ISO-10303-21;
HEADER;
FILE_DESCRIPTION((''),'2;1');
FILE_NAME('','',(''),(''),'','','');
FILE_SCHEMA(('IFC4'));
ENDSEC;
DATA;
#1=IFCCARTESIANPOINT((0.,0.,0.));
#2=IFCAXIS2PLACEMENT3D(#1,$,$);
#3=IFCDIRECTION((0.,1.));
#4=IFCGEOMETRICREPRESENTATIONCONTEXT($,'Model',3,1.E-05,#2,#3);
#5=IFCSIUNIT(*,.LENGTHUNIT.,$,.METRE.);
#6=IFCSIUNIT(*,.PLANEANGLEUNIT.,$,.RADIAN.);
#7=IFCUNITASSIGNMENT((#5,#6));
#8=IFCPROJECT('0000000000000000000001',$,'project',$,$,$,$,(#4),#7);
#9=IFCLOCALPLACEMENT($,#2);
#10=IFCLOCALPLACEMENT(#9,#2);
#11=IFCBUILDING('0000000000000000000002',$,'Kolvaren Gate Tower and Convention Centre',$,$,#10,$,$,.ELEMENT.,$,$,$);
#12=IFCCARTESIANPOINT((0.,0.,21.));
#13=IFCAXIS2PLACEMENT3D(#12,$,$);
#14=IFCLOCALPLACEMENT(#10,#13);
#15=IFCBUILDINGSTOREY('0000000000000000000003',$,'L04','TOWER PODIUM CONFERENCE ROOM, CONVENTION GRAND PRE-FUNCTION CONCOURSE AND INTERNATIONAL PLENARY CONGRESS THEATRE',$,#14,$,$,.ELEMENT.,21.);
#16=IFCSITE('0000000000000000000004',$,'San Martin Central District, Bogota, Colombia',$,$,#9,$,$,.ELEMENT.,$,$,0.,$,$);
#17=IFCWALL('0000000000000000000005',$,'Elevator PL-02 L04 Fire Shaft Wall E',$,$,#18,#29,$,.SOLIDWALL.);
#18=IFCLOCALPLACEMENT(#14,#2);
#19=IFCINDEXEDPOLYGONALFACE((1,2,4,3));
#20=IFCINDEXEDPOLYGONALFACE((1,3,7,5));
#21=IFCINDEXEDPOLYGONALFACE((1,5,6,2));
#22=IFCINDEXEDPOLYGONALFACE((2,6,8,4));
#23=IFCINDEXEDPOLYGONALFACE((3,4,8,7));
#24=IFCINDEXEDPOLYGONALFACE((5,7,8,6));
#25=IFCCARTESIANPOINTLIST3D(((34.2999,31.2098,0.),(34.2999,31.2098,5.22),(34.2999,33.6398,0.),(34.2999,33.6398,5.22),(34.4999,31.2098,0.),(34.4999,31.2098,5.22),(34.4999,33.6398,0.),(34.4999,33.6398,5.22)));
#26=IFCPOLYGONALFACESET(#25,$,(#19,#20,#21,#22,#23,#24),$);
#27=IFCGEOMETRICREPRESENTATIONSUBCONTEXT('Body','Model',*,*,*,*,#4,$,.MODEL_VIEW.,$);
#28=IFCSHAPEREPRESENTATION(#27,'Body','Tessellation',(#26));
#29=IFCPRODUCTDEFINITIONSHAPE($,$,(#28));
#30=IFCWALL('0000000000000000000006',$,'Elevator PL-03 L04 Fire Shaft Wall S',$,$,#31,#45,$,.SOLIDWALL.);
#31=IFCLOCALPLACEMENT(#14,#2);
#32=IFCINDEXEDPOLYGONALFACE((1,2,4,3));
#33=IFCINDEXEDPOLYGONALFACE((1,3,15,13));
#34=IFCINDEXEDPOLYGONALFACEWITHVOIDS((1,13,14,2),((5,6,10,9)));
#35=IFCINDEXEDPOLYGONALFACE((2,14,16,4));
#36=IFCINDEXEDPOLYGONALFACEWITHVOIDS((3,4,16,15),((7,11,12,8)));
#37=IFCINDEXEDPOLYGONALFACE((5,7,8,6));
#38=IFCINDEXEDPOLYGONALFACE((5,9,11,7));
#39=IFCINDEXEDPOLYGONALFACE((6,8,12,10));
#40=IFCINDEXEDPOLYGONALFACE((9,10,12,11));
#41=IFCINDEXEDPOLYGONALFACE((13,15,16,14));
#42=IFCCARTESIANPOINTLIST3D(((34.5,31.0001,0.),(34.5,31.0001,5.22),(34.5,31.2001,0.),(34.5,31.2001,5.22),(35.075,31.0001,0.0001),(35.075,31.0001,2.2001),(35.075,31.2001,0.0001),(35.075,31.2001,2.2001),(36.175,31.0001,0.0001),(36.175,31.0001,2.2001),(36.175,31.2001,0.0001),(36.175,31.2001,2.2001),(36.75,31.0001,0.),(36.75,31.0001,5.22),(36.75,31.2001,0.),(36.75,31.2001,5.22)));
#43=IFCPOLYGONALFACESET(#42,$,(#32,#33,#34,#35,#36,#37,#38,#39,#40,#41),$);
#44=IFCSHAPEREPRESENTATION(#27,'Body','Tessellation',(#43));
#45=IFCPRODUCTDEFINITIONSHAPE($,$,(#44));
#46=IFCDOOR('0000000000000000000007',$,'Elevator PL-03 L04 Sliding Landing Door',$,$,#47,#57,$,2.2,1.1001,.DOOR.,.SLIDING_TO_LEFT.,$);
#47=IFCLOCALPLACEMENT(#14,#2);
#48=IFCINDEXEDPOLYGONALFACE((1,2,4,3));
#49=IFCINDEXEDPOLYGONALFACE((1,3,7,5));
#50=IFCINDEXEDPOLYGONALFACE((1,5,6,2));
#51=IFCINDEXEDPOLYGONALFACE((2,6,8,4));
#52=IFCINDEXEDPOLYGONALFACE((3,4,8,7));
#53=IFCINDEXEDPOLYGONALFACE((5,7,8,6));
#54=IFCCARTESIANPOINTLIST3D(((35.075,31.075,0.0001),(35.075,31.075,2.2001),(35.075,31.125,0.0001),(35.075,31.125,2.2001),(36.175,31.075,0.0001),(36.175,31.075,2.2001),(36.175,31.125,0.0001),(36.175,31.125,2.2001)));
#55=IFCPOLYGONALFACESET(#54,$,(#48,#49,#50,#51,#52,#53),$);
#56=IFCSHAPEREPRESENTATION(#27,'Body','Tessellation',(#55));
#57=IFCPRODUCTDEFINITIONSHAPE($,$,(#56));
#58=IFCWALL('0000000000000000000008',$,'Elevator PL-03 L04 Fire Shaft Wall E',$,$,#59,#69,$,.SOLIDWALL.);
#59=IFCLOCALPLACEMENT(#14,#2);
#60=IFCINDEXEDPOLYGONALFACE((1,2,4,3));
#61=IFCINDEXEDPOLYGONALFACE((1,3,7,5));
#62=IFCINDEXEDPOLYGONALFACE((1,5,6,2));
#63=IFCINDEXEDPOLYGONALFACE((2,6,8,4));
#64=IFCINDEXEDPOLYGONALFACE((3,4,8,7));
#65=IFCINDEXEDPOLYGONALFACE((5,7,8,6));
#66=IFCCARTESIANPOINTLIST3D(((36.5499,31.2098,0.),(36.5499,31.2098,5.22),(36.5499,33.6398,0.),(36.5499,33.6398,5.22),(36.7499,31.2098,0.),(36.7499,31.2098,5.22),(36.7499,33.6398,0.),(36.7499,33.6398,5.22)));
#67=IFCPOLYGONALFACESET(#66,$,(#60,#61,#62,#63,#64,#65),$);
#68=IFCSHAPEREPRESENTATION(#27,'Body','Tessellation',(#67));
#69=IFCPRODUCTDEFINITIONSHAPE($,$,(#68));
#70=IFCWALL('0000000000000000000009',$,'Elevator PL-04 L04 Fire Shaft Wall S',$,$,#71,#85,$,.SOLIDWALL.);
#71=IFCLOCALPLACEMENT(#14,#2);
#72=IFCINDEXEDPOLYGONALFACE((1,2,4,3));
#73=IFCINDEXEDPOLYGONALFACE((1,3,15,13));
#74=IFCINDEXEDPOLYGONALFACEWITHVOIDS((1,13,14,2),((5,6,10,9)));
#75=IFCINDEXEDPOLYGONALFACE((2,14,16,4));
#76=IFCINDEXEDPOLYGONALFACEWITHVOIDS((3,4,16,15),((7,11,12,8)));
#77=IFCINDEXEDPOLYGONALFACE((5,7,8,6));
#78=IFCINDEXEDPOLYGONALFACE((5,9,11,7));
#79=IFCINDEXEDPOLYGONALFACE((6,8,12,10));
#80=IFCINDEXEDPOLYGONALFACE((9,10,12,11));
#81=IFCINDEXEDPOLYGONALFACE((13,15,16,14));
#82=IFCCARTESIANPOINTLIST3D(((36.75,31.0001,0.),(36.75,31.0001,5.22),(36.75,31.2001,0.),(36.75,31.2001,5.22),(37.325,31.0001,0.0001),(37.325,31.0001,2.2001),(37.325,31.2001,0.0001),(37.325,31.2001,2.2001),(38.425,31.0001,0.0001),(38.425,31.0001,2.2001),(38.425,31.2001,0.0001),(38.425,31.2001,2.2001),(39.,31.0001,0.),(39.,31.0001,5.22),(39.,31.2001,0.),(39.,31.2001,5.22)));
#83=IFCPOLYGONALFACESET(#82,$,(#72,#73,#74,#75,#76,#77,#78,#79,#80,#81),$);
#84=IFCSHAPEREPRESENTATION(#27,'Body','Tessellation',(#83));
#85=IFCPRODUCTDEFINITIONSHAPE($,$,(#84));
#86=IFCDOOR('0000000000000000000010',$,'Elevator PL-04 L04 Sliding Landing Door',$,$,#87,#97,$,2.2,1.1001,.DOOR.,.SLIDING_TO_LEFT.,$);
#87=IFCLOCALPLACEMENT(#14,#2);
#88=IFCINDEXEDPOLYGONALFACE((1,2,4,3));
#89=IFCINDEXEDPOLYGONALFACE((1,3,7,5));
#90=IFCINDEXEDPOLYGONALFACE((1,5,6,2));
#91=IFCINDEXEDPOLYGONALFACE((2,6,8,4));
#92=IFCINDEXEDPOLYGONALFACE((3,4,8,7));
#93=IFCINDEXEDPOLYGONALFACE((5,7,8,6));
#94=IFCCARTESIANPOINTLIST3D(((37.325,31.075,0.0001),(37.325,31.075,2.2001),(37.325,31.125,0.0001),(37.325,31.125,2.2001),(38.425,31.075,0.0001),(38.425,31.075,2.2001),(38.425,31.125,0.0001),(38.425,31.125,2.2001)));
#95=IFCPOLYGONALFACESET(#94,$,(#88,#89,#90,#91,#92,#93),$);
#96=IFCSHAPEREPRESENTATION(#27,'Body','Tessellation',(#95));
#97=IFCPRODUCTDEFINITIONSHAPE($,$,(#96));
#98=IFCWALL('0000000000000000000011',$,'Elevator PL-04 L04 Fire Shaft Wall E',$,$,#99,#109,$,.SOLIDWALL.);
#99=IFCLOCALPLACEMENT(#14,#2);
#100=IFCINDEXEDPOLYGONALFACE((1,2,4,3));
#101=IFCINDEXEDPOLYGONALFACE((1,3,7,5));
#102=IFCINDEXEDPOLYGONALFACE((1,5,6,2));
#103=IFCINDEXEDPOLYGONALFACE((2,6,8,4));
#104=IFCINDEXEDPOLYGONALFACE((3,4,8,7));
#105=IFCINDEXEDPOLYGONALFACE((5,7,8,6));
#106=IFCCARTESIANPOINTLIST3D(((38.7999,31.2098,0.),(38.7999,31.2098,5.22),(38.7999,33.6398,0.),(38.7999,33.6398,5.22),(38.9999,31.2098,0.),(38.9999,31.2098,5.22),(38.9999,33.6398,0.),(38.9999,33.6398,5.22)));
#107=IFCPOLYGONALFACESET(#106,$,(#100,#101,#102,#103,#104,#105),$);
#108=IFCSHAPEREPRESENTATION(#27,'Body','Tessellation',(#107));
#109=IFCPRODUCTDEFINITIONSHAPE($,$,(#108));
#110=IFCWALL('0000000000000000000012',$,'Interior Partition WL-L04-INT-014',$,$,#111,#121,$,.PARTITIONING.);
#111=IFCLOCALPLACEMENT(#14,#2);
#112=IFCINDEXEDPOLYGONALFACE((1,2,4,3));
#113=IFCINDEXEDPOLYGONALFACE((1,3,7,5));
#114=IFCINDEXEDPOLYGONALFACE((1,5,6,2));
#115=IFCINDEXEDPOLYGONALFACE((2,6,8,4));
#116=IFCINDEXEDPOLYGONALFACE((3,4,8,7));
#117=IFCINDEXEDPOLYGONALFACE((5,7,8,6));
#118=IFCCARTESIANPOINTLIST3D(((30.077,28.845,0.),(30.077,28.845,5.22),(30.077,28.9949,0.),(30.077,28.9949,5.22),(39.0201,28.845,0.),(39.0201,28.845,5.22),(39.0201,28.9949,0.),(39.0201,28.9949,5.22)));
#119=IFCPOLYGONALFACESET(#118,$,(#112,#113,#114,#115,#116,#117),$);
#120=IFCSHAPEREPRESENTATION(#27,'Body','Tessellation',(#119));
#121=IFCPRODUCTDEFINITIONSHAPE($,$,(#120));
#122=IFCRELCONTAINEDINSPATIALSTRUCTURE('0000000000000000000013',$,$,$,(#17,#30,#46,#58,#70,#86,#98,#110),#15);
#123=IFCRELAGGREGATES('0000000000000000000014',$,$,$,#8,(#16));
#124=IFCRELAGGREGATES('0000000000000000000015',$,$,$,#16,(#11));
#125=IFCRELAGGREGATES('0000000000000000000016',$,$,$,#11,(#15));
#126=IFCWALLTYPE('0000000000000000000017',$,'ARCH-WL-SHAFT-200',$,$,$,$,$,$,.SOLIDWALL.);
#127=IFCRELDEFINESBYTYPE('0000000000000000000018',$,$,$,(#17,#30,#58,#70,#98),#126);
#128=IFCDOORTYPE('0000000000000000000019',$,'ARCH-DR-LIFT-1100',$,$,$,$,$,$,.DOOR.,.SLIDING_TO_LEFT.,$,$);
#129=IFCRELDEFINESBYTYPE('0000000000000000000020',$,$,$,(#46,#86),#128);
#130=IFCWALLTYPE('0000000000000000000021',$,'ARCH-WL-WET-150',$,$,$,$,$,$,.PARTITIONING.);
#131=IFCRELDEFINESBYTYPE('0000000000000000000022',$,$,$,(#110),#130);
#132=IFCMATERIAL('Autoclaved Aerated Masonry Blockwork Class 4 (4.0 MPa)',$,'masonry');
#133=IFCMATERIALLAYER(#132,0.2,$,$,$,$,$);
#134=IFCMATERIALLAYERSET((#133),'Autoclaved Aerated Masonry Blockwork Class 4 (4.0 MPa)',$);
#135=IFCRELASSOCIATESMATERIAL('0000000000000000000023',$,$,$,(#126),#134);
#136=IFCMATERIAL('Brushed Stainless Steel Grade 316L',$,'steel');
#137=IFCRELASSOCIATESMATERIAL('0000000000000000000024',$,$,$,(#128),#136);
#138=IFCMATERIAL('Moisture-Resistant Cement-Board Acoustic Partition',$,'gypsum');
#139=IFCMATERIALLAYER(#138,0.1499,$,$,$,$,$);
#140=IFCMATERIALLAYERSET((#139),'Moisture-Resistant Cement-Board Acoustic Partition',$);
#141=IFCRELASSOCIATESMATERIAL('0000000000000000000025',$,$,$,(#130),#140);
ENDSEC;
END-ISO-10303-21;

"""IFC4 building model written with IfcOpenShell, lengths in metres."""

from ifc_helpers import new_model, si_unit, direction, frame, frame_2d, origin, place, context, subcontext, project, spatial, rectangle, extrude, material, layer, layer_set, type_object, element, fill, save


model = new_model("IFC4")

# Units and contexts
model_context = context("Model", 3, precision=1e-05, world=origin(), true_north=direction((0.0, 1.0)))
body_context = subcontext(model_context, "Body", "Model", "MODEL_VIEW")
ifc_project = project(units=[si_unit("LENGTHUNIT", "METRE"), si_unit("PLANEANGLEUNIT", "RADIAN")], contexts=[model_context])

# Site, building, storey
site_placement = place(None, origin())
site = spatial("IfcSite", under=ifc_project, at=site_placement, Name="San Martin Central District, Bogota, Colombia", CompositionType="ELEMENT", RefElevation=0.0)
building_placement = place(site_placement, origin())
building = spatial("IfcBuilding", under=site, at=building_placement, Name="Kolvaren Gate Tower and Convention Centre", CompositionType="ELEMENT")
storey_placement = place(building_placement, frame((0.0, 0.0, 21.0)))
storey = spatial("IfcBuildingStorey", under=building, at=storey_placement, Name="L04", Description="TOWER PODIUM CONFERENCE ROOM, CONVENTION GRAND PRE-FUNCTION CONCOURSE AND INTERNATIONAL PLENARY CONGRESS THEATRE", CompositionType="ELEMENT", Elevation=21.0)

# Shared definitions
ifc_material_1 = material(Name="Autoclaved Aerated Masonry Blockwork Class 4 (4.0 MPa)", Category="masonry")
ifc_layer_1 = layer(ifc_material_1, 0.2)
ifc_layer_set_1 = layer_set([ifc_layer_1], Name="Autoclaved Aerated Masonry Blockwork Class 4 (4.0 MPa)")
wall_type_1 = type_object("IfcWallType", Name="ARCH-WL-SHAFT-200", PredefinedType="SOLIDWALL", material=ifc_layer_set_1)
ifc_material_2 = material(Name="Brushed Stainless Steel Grade 316L", Category="steel")
door_type = type_object("IfcDoorType", Name="ARCH-DR-LIFT-1100", OperationType="SLIDING_TO_LEFT", PredefinedType="DOOR", material=ifc_material_2)

# Wall
wall_1_placement = place(storey_placement, frame((34.3999, 31.21, 0.0), z_axis=(0.0, 0.0, 1.0), x_axis=(0.0, 1.0, 0.0)))
element("IfcWall", 1, at=wall_1_placement, inside=storey, type_object=wall_type_1, Name="Elevator PL-02 L04 Fire Shaft Wall E", PredefinedType="SOLIDWALL", context=body_context, shape_type="SweptSolid", body=[
    extrude(rectangle(XDim=2.4299, YDim=0.2, at=frame_2d((1.2148, 0.0))), origin(), (0.0, 0.0, 1.0), 5.22),
])

# Wall, opening, door
wall_2_placement = place(storey_placement, frame((34.5, 31.1001, 0.0), z_axis=(0.0, 0.0, 1.0), x_axis=(1.0, 0.0, 0.0)))
wall_2 = element("IfcWall", 2, at=wall_2_placement, inside=storey, type_object=wall_type_1, Name="Elevator PL-03 L04 Fire Shaft Wall S", PredefinedType="SOLIDWALL", context=body_context, shape_type="SweptSolid", body=[
    extrude(rectangle(XDim=2.25, YDim=0.2, at=frame_2d((1.125, 0.0))), origin(), (0.0, 0.0, 1.0), 5.22),
])
opening_1_placement = place(wall_2_placement, frame((0.575, 0.0, 0.0)))
opening_1 = element("IfcOpeningElement", 3, at=opening_1_placement, cuts=wall_2, PredefinedType="OPENING", context=body_context, shape_type="SweptSolid", body=[
    extrude(rectangle(XDim=1.1001, YDim=2.2, at=frame_2d((0.55, 1.1001))), frame((0.0, 0.1099, 0.0), z_axis=(0.0, -1.0, 0.0), x_axis=(1.0, 0.0, 0.0)), (0.0, 0.0, 1.0), 0.22),
])
door_1_placement = place(opening_1_placement, origin())
door_1 = element("IfcDoor", 4, at=door_1_placement, inside=storey, type_object=door_type, Name="Elevator PL-03 L04 Sliding Landing Door", OperationType="SLIDING_TO_LEFT", OverallHeight=2.2, OverallWidth=1.1001, PredefinedType="DOOR", context=body_context, shape_type="SweptSolid", body=[
    extrude(rectangle(XDim=1.1001, YDim=2.2, at=frame_2d((0.55, 1.1001))), frame((0.0, 0.0249, 0.0), z_axis=(0.0, -1.0, 0.0), x_axis=(1.0, 0.0, 0.0)), (0.0, 0.0, 1.0), 0.05),
])
fill(opening_1, door_1)

# Wall
wall_3_placement = place(storey_placement, frame((36.6499, 31.21, 0.0), z_axis=(0.0, 0.0, 1.0), x_axis=(0.0, 1.0, 0.0)))
element("IfcWall", 5, at=wall_3_placement, inside=storey, type_object=wall_type_1, Name="Elevator PL-03 L04 Fire Shaft Wall E", PredefinedType="SOLIDWALL", context=body_context, shape_type="SweptSolid", body=[
    extrude(rectangle(XDim=2.4299, YDim=0.2, at=frame_2d((1.2148, 0.0))), origin(), (0.0, 0.0, 1.0), 5.22),
])

# Wall, opening, door
wall_4_placement = place(storey_placement, frame((36.75, 31.1001, 0.0), z_axis=(0.0, 0.0, 1.0), x_axis=(1.0, 0.0, 0.0)))
wall_4 = element("IfcWall", 6, at=wall_4_placement, inside=storey, type_object=wall_type_1, Name="Elevator PL-04 L04 Fire Shaft Wall S", PredefinedType="SOLIDWALL", context=body_context, shape_type="SweptSolid", body=[
    extrude(rectangle(XDim=2.25, YDim=0.2, at=frame_2d((1.125, 0.0))), origin(), (0.0, 0.0, 1.0), 5.22),
])
opening_2_placement = place(wall_4_placement, frame((0.575, 0.0, 0.0)))
opening_2 = element("IfcOpeningElement", 7, at=opening_2_placement, cuts=wall_4, PredefinedType="OPENING", context=body_context, shape_type="SweptSolid", body=[
    extrude(rectangle(XDim=1.1001, YDim=2.2, at=frame_2d((0.55, 1.1001))), frame((0.0, 0.1099, 0.0), z_axis=(0.0, -1.0, 0.0), x_axis=(1.0, 0.0, 0.0)), (0.0, 0.0, 1.0), 0.22),
])
door_2_placement = place(opening_2_placement, origin())
door_2 = element("IfcDoor", 8, at=door_2_placement, inside=storey, type_object=door_type, Name="Elevator PL-04 L04 Sliding Landing Door", OperationType="SLIDING_TO_LEFT", OverallHeight=2.2, OverallWidth=1.1001, PredefinedType="DOOR", context=body_context, shape_type="SweptSolid", body=[
    extrude(rectangle(XDim=1.1001, YDim=2.2, at=frame_2d((0.55, 1.1001))), frame((0.0, 0.0249, 0.0), z_axis=(0.0, -1.0, 0.0), x_axis=(1.0, 0.0, 0.0)), (0.0, 0.0, 1.0), 0.05),
])
fill(opening_2, door_2)

# Walls
wall_5_placement = place(storey_placement, frame((38.8999, 31.21, 0.0), z_axis=(0.0, 0.0, 1.0), x_axis=(0.0, 1.0, 0.0)))
element("IfcWall", 9, at=wall_5_placement, inside=storey, type_object=wall_type_1, Name="Elevator PL-04 L04 Fire Shaft Wall E", PredefinedType="SOLIDWALL", context=body_context, shape_type="SweptSolid", body=[
    extrude(rectangle(XDim=2.4299, YDim=0.2, at=frame_2d((1.2148, 0.0))), origin(), (0.0, 0.0, 1.0), 5.22),
])
ifc_material_3 = material(Name="Moisture-Resistant Cement-Board Acoustic Partition", Category="gypsum")
ifc_layer_2 = layer(ifc_material_3, 0.1499)
ifc_layer_set_2 = layer_set([ifc_layer_2], Name="Moisture-Resistant Cement-Board Acoustic Partition")
wall_type_2 = type_object("IfcWallType", Name="ARCH-WL-WET-150", PredefinedType="PARTITIONING", material=ifc_layer_set_2)
wall_6_placement = place(storey_placement, frame((30.0769, 28.9199, 0.0), z_axis=(0.0, 0.0, 1.0), x_axis=(1.0, 0.0, 0.0)))
element("IfcWall", 10, at=wall_6_placement, inside=storey, type_object=wall_type_2, Name="Interior Partition WL-L04-INT-014", PredefinedType="PARTITIONING", context=body_context, shape_type="SweptSolid", body=[
    extrude(rectangle(XDim=8.9431, YDim=0.1499, at=frame_2d((4.4717, 0.0))), origin(), (0.0, 0.0, 1.0), 5.22),
])

save(model, "model.ifc")
